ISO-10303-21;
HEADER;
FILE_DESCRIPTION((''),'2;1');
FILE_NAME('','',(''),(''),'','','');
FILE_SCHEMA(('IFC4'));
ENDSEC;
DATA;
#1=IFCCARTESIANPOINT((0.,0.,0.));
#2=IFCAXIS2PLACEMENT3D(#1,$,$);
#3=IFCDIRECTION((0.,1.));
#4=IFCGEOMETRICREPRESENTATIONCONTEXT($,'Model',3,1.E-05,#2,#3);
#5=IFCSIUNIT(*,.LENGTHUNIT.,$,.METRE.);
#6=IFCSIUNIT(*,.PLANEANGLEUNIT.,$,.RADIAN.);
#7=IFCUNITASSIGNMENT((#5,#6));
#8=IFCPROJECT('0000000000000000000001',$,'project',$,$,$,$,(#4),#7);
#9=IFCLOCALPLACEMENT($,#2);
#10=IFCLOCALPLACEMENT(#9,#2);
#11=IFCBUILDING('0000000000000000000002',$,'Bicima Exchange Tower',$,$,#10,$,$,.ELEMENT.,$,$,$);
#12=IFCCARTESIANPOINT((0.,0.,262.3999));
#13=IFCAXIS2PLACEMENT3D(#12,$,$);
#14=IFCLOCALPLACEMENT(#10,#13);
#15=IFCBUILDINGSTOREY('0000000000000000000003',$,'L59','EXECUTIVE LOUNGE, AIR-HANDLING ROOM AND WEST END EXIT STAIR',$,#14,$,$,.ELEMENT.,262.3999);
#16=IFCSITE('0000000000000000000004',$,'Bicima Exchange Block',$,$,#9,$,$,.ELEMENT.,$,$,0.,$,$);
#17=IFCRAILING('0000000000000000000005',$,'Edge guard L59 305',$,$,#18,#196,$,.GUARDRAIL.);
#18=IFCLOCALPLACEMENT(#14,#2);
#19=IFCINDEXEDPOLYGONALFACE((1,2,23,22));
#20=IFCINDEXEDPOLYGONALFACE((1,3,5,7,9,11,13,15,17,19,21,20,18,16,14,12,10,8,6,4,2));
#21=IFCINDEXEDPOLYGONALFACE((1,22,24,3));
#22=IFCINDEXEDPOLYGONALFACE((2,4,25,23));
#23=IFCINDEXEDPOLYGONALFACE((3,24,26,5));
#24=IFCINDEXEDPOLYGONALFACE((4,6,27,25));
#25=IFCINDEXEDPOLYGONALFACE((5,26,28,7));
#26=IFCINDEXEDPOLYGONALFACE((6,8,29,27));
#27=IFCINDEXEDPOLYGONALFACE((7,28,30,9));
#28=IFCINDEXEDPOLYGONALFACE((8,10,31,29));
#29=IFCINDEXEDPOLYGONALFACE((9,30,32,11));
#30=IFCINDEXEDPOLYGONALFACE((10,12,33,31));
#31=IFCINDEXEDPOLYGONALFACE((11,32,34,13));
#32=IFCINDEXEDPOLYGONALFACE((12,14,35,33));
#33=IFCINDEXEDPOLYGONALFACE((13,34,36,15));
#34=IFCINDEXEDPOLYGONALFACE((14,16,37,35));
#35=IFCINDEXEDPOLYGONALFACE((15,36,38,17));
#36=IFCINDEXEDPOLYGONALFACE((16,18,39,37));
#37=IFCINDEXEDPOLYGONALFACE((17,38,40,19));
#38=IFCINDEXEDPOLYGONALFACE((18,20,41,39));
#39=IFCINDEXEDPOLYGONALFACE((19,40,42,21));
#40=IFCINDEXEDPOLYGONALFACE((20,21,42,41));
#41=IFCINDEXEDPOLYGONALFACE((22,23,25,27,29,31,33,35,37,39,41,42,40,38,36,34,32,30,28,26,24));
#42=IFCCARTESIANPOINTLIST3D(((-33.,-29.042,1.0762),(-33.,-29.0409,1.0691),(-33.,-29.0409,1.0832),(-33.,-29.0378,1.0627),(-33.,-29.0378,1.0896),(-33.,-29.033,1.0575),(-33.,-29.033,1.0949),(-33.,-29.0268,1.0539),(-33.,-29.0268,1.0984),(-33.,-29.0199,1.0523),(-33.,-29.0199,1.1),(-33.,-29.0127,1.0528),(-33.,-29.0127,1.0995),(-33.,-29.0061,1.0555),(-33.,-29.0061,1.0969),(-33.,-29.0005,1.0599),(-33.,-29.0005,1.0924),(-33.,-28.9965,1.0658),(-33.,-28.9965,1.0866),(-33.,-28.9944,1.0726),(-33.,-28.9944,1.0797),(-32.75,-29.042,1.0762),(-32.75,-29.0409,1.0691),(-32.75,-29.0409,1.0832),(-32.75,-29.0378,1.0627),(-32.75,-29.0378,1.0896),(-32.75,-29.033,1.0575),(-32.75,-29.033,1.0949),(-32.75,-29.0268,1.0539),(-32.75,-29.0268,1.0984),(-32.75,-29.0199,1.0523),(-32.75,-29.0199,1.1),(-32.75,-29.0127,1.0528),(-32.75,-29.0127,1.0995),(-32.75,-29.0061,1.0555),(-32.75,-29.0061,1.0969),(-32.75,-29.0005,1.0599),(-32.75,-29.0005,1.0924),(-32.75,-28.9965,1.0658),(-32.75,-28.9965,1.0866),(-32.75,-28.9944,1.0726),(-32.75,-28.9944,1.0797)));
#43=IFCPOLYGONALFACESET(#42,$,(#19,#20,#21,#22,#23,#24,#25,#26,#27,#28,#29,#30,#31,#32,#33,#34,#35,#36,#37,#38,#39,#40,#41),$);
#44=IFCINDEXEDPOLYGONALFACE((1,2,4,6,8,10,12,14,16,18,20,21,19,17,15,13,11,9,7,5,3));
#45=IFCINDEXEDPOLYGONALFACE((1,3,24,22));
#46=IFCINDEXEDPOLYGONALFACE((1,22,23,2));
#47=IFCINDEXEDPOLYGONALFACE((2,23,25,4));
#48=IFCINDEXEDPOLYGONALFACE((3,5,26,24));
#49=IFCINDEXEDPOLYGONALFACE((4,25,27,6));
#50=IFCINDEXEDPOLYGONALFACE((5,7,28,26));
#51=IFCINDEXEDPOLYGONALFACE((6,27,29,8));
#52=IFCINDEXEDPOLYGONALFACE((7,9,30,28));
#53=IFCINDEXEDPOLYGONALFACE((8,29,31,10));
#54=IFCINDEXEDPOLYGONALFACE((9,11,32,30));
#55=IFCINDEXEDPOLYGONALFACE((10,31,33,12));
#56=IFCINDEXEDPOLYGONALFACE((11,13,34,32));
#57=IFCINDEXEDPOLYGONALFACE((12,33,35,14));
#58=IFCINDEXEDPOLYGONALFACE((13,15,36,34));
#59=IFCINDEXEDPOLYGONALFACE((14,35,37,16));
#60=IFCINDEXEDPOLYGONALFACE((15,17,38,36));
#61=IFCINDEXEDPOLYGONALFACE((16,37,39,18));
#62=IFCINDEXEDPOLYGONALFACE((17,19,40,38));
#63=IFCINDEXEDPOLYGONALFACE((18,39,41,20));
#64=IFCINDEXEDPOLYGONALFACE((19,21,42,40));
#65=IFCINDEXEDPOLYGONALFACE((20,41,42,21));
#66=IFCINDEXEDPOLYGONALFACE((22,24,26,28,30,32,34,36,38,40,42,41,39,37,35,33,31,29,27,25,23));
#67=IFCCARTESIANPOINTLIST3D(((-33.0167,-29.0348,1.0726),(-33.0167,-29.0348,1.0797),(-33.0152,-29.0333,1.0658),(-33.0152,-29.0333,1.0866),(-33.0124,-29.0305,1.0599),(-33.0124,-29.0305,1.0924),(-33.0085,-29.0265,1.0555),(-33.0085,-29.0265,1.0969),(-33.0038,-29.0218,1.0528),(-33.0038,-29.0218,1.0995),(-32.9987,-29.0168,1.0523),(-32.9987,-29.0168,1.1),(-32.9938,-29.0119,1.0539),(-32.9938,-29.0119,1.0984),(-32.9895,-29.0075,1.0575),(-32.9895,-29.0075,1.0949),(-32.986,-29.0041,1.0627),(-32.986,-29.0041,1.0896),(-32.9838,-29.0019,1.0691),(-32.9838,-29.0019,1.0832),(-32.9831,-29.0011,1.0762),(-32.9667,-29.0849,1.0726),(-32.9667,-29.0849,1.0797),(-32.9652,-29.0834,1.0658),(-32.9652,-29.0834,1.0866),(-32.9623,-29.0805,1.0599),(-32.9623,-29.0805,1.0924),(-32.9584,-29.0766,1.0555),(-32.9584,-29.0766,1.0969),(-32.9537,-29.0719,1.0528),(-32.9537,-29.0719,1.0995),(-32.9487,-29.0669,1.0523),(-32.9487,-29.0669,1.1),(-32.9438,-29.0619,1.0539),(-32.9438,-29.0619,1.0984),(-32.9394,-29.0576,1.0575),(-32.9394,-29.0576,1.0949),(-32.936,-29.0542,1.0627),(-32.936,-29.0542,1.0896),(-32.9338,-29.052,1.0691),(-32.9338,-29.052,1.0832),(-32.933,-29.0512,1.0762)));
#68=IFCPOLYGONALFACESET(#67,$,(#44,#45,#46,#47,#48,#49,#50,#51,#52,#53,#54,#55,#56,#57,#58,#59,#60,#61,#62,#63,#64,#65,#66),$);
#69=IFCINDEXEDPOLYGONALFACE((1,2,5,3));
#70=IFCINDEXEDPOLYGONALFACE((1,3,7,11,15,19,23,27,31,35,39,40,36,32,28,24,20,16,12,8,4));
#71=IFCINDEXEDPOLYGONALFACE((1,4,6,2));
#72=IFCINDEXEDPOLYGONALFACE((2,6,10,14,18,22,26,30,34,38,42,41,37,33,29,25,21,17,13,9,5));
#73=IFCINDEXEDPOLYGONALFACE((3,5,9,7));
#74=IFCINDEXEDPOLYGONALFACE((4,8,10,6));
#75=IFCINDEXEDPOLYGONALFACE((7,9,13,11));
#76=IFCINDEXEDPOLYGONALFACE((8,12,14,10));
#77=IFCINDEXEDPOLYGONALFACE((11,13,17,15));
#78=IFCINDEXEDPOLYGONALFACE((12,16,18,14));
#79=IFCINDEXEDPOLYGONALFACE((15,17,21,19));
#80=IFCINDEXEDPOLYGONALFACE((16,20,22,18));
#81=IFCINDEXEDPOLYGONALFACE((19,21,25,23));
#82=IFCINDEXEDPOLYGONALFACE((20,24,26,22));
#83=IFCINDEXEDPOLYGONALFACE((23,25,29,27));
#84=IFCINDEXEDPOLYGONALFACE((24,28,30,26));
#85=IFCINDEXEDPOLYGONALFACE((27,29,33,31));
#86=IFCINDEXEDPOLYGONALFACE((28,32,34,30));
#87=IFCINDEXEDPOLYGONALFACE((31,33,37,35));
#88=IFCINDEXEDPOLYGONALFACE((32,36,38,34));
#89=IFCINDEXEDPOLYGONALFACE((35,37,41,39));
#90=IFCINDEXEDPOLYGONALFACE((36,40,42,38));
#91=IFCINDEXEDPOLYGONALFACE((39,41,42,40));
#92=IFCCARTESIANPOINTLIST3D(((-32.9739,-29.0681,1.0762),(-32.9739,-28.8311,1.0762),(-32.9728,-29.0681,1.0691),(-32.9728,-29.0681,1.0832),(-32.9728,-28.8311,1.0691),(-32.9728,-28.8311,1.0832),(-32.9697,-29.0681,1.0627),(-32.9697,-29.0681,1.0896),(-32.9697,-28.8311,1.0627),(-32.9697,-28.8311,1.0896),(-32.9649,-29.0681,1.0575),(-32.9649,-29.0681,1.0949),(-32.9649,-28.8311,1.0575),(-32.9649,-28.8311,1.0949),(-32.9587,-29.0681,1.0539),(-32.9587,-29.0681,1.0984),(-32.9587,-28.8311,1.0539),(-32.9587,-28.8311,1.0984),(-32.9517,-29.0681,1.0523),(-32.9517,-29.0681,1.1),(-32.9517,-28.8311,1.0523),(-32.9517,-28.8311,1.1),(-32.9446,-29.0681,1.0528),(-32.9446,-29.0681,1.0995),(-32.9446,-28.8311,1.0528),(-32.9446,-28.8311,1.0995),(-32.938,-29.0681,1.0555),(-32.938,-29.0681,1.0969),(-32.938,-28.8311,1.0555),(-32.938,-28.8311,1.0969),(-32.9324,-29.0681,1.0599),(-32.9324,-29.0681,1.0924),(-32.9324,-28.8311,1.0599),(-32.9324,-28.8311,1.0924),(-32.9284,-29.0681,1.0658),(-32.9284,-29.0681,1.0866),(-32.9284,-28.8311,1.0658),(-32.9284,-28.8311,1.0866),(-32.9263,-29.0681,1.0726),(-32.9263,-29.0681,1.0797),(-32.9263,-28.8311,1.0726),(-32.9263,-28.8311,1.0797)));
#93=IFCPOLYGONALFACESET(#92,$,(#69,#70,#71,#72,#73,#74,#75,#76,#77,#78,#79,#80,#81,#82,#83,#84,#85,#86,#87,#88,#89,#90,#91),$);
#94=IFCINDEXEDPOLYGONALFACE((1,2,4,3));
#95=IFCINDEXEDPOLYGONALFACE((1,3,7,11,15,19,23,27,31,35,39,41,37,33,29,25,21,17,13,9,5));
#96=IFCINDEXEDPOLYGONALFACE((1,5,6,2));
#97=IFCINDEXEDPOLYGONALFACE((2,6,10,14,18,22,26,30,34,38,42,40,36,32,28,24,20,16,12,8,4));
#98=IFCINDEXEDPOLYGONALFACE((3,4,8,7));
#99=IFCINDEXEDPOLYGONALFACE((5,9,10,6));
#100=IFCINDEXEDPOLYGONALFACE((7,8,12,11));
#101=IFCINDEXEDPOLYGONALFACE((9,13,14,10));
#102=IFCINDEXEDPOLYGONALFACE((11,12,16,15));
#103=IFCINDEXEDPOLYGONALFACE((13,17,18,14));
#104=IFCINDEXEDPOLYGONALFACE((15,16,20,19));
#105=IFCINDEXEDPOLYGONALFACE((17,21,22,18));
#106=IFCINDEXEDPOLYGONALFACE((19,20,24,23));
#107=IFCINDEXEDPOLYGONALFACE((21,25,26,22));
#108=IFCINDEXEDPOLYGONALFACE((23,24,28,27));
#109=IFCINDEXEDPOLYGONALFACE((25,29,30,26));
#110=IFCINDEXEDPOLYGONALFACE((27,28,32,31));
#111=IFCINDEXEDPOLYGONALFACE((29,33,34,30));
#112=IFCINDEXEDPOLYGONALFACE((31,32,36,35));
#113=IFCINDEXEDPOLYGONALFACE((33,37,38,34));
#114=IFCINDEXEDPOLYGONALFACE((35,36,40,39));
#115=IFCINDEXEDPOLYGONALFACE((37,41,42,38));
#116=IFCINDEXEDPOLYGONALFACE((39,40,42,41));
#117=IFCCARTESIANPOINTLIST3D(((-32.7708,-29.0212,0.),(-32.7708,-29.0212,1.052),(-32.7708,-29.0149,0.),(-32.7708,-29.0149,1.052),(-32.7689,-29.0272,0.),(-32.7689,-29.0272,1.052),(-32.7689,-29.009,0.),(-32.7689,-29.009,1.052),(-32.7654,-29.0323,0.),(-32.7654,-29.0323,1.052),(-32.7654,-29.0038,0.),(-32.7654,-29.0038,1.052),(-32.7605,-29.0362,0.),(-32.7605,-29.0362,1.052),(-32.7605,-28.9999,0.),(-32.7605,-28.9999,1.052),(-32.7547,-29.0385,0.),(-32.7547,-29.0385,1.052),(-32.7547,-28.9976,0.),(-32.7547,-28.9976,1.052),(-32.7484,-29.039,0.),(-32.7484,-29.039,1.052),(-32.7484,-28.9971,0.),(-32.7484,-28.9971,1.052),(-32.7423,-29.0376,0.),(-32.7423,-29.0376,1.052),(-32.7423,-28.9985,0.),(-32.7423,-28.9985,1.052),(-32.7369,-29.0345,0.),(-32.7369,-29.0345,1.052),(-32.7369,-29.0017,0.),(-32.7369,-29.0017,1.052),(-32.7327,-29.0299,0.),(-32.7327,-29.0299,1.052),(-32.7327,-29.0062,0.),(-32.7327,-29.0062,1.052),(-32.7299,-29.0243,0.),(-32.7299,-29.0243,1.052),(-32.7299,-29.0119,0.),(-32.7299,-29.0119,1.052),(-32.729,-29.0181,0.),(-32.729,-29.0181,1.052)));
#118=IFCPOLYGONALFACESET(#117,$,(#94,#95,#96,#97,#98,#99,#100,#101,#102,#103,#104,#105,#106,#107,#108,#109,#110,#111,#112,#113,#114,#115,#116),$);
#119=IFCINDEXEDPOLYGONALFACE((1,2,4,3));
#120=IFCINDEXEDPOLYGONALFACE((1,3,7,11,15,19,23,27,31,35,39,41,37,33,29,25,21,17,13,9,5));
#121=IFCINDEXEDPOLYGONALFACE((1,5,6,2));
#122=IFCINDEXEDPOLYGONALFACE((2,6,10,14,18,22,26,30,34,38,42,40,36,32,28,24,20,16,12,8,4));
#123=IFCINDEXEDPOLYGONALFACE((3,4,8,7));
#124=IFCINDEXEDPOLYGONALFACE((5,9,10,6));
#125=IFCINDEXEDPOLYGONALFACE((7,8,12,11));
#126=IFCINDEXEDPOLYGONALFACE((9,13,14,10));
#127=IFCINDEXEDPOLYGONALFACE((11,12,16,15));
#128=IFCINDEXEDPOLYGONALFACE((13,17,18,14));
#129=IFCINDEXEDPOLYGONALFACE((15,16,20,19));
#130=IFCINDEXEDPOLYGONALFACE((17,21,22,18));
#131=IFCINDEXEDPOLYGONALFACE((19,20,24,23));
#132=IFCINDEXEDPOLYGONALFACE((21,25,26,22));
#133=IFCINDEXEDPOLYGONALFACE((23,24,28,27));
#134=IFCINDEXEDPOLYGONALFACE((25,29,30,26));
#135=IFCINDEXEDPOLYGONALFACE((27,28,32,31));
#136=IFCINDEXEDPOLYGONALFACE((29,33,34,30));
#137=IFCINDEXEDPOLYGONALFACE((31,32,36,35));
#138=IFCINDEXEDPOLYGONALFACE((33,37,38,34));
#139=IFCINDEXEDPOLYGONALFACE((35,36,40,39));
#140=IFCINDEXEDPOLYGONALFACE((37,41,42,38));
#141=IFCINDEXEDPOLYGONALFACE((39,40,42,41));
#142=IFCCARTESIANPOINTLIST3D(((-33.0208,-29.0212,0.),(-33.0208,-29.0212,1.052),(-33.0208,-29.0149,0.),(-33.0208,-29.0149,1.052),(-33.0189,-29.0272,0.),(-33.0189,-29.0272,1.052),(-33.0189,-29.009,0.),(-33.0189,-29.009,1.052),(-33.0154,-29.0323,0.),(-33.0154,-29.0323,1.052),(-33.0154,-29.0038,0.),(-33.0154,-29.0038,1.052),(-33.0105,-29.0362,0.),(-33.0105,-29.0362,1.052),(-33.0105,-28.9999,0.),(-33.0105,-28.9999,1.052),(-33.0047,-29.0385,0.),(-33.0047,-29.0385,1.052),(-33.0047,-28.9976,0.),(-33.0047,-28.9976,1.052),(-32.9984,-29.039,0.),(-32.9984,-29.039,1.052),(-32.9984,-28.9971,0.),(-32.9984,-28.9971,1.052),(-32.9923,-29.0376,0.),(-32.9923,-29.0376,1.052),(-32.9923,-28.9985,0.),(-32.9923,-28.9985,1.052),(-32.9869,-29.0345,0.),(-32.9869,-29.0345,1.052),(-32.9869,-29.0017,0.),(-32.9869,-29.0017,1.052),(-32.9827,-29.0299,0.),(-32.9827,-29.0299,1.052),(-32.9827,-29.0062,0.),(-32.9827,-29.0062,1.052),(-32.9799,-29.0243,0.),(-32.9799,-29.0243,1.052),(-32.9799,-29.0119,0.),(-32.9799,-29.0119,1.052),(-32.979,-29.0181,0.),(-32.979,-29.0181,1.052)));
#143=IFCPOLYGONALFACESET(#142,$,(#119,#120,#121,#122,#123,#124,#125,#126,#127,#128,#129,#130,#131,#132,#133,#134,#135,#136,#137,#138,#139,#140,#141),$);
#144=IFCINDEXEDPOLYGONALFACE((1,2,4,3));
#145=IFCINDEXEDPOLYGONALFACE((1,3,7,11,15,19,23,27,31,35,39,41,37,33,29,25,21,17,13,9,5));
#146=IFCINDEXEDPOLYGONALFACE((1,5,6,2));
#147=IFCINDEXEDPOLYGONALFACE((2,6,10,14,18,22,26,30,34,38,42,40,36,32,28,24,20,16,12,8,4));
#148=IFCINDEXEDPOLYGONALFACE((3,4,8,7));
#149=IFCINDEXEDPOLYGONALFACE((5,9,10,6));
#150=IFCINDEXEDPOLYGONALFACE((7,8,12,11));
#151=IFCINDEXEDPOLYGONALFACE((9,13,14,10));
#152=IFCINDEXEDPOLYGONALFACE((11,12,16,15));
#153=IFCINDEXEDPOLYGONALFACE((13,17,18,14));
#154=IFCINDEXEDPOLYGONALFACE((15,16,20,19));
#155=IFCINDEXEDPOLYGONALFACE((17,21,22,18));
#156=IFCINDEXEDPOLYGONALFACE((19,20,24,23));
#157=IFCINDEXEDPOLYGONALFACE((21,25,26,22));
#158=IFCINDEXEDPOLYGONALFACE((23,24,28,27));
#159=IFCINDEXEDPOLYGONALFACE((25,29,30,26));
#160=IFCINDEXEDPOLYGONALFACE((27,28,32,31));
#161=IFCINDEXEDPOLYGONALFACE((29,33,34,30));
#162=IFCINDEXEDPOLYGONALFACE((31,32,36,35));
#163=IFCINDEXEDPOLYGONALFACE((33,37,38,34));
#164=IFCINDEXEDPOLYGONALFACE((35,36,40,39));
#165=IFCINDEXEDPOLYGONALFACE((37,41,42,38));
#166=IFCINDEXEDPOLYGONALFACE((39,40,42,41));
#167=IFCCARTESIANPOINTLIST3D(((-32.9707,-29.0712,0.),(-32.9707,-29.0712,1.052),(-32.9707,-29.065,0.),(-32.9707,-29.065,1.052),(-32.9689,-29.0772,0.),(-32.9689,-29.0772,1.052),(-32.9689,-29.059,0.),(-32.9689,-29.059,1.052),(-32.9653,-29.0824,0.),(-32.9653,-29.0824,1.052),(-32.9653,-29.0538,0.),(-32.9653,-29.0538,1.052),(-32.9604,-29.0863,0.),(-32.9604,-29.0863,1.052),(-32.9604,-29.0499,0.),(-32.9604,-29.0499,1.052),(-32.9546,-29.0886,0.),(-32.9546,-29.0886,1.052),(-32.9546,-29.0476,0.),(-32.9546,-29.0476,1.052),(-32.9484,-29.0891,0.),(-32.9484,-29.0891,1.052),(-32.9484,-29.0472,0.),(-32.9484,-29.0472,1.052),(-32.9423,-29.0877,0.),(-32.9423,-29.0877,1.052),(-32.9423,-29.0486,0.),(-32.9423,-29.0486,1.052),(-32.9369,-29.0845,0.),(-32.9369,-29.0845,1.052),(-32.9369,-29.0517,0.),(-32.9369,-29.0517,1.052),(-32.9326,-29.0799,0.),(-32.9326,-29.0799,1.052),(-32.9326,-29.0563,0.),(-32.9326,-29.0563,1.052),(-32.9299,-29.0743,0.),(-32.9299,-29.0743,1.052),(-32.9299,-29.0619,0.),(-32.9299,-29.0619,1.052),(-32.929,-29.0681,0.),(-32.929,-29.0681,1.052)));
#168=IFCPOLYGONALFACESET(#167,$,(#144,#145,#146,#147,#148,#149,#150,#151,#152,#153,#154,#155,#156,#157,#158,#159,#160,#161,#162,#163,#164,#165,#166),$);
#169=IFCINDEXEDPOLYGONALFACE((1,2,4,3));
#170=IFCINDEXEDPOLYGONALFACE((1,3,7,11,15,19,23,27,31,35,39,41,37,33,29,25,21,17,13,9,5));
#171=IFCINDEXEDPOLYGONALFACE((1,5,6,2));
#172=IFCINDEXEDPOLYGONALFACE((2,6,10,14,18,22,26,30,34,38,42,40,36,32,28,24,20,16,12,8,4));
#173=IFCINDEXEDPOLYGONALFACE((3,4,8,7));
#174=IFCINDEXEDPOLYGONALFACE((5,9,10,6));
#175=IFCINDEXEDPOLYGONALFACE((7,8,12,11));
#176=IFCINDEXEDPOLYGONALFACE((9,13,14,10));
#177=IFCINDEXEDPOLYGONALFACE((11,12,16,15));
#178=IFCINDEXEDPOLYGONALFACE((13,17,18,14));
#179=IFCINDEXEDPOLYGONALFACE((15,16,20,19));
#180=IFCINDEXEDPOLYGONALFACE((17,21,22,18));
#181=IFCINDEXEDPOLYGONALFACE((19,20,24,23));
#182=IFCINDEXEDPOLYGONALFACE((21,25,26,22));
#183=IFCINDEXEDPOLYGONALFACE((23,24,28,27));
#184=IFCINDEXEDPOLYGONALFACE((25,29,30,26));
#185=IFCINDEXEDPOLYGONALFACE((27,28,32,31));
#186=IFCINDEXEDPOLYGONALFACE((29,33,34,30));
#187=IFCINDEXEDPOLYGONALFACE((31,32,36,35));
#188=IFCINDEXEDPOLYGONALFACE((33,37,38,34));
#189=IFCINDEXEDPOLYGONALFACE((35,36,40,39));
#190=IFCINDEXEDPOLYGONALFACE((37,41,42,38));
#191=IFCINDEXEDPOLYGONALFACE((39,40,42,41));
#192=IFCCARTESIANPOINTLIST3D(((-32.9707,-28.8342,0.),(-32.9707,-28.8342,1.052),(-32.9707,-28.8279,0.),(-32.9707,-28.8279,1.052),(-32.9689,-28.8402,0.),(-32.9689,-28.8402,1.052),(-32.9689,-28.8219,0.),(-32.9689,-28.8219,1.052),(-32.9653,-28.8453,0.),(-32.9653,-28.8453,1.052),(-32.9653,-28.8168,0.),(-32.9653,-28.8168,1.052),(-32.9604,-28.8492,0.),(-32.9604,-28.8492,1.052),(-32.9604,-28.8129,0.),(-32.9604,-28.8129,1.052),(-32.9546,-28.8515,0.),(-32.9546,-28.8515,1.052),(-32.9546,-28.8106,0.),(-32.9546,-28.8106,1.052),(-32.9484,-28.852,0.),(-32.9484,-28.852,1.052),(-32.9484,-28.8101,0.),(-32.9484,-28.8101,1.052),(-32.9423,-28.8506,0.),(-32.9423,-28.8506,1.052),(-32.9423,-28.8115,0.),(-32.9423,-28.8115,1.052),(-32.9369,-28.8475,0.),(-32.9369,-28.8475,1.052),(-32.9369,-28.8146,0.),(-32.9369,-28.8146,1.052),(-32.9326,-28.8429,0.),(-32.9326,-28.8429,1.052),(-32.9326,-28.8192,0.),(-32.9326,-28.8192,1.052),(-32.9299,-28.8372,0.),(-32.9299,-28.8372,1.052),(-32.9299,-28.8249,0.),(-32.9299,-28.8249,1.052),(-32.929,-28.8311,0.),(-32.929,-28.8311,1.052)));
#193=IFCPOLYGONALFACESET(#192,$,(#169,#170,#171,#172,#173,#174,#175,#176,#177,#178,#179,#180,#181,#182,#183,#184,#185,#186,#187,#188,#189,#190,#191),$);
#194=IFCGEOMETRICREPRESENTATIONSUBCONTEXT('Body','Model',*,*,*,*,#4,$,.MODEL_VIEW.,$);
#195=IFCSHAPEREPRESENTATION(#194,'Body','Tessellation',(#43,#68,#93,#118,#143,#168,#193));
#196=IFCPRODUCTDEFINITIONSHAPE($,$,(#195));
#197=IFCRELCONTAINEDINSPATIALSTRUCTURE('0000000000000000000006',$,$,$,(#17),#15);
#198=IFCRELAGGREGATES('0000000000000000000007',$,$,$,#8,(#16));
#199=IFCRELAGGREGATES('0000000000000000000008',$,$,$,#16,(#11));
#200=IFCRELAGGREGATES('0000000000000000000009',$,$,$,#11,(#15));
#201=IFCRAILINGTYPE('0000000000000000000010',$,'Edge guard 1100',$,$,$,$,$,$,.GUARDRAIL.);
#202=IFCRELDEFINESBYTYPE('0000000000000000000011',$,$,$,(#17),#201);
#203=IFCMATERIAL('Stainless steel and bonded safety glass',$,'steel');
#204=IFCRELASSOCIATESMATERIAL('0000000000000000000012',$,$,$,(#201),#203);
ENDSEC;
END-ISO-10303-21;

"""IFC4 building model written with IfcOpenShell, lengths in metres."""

from ifc_helpers import new_model, si_unit, direction, frame, origin, origin_2d, place, context, subcontext, project, spatial, circle, extrude, material, type_object, element, save


model = new_model("IFC4")

# Units and contexts
model_context = context("Model", 3, precision=1e-05, world=origin(), true_north=direction((0.0, 1.0)))
body_context = subcontext(model_context, "Body", "Model", "MODEL_VIEW")
ifc_project = project(units=[si_unit("LENGTHUNIT", "METRE"), si_unit("PLANEANGLEUNIT", "RADIAN")], contexts=[model_context])

# Site, building, storey
site_placement = place(None, origin())
site = spatial("IfcSite", under=ifc_project, at=site_placement, Name="Bicima Exchange Block", CompositionType="ELEMENT", RefElevation=0.0)
building_placement = place(site_placement, origin())
building = spatial("IfcBuilding", under=site, at=building_placement, Name="Bicima Exchange Tower", CompositionType="ELEMENT")
storey_placement = place(building_placement, frame((0.0, 0.0, 262.3999)))
storey = spatial("IfcBuildingStorey", under=building, at=storey_placement, Name="L59", Description="EXECUTIVE LOUNGE, AIR-HANDLING ROOM AND WEST END EXIT STAIR", CompositionType="ELEMENT", Elevation=262.3999)

# Railing
ifc_material_1 = material(Name="Stainless steel and bonded safety glass", Category="steel")
railing_type = type_object("IfcRailingType", Name="Edge guard 1100", PredefinedType="GUARDRAIL", material=ifc_material_1)
railing_1_placement = place(storey_placement, frame((-32.75, -29.0181, 0.0)))
element("IfcRailing", 1, at=railing_1_placement, inside=storey, type_object=railing_type, Name="Edge guard L59 305", PredefinedType="GUARDRAIL", context=body_context, shape_type="SweptSolid", body=[
    extrude(circle(Radius=0.0239, at=origin_2d()), frame((0.0, 0.0, 1.0762), z_axis=(-1.0, 0.0, 0.0), x_axis=(0.0, -1.0, 0.0)), (0.0, 0.0, 1.0), 0.25),
    extrude(circle(Radius=0.0239, at=origin_2d()), frame((-0.25, 0.0, 1.0762), z_axis=(0.707107, -0.707107, 0.0), x_axis=(0.707107, 0.707107, 0.0)), (0.0, 0.0, 1.0), 0.0708),
    extrude(circle(Radius=0.0239, at=origin_2d()), frame((-0.2, -0.05, 1.0762), z_axis=(0.0, 1.0, 0.0), x_axis=(-1.0, 0.0, 0.0)), (0.0, 0.0, 1.0), 0.2371),
    extrude(circle(Radius=0.021, at=origin_2d()), origin(), (0.0, 0.0, 1.0), 1.052),
    extrude(circle(Radius=0.021, at=origin_2d()), frame((-0.25, 0.0, 0.0)), (0.0, 0.0, 1.0), 1.052),
    extrude(circle(Radius=0.021, at=origin_2d()), frame((-0.2, -0.05, 0.0)), (0.0, 0.0, 1.0), 1.052),
    extrude(circle(Radius=0.021, at=origin_2d()), frame((-0.2, 0.187, 0.0)), (0.0, 0.0, 1.0), 1.052),
])

save(model, "model.ifc")
